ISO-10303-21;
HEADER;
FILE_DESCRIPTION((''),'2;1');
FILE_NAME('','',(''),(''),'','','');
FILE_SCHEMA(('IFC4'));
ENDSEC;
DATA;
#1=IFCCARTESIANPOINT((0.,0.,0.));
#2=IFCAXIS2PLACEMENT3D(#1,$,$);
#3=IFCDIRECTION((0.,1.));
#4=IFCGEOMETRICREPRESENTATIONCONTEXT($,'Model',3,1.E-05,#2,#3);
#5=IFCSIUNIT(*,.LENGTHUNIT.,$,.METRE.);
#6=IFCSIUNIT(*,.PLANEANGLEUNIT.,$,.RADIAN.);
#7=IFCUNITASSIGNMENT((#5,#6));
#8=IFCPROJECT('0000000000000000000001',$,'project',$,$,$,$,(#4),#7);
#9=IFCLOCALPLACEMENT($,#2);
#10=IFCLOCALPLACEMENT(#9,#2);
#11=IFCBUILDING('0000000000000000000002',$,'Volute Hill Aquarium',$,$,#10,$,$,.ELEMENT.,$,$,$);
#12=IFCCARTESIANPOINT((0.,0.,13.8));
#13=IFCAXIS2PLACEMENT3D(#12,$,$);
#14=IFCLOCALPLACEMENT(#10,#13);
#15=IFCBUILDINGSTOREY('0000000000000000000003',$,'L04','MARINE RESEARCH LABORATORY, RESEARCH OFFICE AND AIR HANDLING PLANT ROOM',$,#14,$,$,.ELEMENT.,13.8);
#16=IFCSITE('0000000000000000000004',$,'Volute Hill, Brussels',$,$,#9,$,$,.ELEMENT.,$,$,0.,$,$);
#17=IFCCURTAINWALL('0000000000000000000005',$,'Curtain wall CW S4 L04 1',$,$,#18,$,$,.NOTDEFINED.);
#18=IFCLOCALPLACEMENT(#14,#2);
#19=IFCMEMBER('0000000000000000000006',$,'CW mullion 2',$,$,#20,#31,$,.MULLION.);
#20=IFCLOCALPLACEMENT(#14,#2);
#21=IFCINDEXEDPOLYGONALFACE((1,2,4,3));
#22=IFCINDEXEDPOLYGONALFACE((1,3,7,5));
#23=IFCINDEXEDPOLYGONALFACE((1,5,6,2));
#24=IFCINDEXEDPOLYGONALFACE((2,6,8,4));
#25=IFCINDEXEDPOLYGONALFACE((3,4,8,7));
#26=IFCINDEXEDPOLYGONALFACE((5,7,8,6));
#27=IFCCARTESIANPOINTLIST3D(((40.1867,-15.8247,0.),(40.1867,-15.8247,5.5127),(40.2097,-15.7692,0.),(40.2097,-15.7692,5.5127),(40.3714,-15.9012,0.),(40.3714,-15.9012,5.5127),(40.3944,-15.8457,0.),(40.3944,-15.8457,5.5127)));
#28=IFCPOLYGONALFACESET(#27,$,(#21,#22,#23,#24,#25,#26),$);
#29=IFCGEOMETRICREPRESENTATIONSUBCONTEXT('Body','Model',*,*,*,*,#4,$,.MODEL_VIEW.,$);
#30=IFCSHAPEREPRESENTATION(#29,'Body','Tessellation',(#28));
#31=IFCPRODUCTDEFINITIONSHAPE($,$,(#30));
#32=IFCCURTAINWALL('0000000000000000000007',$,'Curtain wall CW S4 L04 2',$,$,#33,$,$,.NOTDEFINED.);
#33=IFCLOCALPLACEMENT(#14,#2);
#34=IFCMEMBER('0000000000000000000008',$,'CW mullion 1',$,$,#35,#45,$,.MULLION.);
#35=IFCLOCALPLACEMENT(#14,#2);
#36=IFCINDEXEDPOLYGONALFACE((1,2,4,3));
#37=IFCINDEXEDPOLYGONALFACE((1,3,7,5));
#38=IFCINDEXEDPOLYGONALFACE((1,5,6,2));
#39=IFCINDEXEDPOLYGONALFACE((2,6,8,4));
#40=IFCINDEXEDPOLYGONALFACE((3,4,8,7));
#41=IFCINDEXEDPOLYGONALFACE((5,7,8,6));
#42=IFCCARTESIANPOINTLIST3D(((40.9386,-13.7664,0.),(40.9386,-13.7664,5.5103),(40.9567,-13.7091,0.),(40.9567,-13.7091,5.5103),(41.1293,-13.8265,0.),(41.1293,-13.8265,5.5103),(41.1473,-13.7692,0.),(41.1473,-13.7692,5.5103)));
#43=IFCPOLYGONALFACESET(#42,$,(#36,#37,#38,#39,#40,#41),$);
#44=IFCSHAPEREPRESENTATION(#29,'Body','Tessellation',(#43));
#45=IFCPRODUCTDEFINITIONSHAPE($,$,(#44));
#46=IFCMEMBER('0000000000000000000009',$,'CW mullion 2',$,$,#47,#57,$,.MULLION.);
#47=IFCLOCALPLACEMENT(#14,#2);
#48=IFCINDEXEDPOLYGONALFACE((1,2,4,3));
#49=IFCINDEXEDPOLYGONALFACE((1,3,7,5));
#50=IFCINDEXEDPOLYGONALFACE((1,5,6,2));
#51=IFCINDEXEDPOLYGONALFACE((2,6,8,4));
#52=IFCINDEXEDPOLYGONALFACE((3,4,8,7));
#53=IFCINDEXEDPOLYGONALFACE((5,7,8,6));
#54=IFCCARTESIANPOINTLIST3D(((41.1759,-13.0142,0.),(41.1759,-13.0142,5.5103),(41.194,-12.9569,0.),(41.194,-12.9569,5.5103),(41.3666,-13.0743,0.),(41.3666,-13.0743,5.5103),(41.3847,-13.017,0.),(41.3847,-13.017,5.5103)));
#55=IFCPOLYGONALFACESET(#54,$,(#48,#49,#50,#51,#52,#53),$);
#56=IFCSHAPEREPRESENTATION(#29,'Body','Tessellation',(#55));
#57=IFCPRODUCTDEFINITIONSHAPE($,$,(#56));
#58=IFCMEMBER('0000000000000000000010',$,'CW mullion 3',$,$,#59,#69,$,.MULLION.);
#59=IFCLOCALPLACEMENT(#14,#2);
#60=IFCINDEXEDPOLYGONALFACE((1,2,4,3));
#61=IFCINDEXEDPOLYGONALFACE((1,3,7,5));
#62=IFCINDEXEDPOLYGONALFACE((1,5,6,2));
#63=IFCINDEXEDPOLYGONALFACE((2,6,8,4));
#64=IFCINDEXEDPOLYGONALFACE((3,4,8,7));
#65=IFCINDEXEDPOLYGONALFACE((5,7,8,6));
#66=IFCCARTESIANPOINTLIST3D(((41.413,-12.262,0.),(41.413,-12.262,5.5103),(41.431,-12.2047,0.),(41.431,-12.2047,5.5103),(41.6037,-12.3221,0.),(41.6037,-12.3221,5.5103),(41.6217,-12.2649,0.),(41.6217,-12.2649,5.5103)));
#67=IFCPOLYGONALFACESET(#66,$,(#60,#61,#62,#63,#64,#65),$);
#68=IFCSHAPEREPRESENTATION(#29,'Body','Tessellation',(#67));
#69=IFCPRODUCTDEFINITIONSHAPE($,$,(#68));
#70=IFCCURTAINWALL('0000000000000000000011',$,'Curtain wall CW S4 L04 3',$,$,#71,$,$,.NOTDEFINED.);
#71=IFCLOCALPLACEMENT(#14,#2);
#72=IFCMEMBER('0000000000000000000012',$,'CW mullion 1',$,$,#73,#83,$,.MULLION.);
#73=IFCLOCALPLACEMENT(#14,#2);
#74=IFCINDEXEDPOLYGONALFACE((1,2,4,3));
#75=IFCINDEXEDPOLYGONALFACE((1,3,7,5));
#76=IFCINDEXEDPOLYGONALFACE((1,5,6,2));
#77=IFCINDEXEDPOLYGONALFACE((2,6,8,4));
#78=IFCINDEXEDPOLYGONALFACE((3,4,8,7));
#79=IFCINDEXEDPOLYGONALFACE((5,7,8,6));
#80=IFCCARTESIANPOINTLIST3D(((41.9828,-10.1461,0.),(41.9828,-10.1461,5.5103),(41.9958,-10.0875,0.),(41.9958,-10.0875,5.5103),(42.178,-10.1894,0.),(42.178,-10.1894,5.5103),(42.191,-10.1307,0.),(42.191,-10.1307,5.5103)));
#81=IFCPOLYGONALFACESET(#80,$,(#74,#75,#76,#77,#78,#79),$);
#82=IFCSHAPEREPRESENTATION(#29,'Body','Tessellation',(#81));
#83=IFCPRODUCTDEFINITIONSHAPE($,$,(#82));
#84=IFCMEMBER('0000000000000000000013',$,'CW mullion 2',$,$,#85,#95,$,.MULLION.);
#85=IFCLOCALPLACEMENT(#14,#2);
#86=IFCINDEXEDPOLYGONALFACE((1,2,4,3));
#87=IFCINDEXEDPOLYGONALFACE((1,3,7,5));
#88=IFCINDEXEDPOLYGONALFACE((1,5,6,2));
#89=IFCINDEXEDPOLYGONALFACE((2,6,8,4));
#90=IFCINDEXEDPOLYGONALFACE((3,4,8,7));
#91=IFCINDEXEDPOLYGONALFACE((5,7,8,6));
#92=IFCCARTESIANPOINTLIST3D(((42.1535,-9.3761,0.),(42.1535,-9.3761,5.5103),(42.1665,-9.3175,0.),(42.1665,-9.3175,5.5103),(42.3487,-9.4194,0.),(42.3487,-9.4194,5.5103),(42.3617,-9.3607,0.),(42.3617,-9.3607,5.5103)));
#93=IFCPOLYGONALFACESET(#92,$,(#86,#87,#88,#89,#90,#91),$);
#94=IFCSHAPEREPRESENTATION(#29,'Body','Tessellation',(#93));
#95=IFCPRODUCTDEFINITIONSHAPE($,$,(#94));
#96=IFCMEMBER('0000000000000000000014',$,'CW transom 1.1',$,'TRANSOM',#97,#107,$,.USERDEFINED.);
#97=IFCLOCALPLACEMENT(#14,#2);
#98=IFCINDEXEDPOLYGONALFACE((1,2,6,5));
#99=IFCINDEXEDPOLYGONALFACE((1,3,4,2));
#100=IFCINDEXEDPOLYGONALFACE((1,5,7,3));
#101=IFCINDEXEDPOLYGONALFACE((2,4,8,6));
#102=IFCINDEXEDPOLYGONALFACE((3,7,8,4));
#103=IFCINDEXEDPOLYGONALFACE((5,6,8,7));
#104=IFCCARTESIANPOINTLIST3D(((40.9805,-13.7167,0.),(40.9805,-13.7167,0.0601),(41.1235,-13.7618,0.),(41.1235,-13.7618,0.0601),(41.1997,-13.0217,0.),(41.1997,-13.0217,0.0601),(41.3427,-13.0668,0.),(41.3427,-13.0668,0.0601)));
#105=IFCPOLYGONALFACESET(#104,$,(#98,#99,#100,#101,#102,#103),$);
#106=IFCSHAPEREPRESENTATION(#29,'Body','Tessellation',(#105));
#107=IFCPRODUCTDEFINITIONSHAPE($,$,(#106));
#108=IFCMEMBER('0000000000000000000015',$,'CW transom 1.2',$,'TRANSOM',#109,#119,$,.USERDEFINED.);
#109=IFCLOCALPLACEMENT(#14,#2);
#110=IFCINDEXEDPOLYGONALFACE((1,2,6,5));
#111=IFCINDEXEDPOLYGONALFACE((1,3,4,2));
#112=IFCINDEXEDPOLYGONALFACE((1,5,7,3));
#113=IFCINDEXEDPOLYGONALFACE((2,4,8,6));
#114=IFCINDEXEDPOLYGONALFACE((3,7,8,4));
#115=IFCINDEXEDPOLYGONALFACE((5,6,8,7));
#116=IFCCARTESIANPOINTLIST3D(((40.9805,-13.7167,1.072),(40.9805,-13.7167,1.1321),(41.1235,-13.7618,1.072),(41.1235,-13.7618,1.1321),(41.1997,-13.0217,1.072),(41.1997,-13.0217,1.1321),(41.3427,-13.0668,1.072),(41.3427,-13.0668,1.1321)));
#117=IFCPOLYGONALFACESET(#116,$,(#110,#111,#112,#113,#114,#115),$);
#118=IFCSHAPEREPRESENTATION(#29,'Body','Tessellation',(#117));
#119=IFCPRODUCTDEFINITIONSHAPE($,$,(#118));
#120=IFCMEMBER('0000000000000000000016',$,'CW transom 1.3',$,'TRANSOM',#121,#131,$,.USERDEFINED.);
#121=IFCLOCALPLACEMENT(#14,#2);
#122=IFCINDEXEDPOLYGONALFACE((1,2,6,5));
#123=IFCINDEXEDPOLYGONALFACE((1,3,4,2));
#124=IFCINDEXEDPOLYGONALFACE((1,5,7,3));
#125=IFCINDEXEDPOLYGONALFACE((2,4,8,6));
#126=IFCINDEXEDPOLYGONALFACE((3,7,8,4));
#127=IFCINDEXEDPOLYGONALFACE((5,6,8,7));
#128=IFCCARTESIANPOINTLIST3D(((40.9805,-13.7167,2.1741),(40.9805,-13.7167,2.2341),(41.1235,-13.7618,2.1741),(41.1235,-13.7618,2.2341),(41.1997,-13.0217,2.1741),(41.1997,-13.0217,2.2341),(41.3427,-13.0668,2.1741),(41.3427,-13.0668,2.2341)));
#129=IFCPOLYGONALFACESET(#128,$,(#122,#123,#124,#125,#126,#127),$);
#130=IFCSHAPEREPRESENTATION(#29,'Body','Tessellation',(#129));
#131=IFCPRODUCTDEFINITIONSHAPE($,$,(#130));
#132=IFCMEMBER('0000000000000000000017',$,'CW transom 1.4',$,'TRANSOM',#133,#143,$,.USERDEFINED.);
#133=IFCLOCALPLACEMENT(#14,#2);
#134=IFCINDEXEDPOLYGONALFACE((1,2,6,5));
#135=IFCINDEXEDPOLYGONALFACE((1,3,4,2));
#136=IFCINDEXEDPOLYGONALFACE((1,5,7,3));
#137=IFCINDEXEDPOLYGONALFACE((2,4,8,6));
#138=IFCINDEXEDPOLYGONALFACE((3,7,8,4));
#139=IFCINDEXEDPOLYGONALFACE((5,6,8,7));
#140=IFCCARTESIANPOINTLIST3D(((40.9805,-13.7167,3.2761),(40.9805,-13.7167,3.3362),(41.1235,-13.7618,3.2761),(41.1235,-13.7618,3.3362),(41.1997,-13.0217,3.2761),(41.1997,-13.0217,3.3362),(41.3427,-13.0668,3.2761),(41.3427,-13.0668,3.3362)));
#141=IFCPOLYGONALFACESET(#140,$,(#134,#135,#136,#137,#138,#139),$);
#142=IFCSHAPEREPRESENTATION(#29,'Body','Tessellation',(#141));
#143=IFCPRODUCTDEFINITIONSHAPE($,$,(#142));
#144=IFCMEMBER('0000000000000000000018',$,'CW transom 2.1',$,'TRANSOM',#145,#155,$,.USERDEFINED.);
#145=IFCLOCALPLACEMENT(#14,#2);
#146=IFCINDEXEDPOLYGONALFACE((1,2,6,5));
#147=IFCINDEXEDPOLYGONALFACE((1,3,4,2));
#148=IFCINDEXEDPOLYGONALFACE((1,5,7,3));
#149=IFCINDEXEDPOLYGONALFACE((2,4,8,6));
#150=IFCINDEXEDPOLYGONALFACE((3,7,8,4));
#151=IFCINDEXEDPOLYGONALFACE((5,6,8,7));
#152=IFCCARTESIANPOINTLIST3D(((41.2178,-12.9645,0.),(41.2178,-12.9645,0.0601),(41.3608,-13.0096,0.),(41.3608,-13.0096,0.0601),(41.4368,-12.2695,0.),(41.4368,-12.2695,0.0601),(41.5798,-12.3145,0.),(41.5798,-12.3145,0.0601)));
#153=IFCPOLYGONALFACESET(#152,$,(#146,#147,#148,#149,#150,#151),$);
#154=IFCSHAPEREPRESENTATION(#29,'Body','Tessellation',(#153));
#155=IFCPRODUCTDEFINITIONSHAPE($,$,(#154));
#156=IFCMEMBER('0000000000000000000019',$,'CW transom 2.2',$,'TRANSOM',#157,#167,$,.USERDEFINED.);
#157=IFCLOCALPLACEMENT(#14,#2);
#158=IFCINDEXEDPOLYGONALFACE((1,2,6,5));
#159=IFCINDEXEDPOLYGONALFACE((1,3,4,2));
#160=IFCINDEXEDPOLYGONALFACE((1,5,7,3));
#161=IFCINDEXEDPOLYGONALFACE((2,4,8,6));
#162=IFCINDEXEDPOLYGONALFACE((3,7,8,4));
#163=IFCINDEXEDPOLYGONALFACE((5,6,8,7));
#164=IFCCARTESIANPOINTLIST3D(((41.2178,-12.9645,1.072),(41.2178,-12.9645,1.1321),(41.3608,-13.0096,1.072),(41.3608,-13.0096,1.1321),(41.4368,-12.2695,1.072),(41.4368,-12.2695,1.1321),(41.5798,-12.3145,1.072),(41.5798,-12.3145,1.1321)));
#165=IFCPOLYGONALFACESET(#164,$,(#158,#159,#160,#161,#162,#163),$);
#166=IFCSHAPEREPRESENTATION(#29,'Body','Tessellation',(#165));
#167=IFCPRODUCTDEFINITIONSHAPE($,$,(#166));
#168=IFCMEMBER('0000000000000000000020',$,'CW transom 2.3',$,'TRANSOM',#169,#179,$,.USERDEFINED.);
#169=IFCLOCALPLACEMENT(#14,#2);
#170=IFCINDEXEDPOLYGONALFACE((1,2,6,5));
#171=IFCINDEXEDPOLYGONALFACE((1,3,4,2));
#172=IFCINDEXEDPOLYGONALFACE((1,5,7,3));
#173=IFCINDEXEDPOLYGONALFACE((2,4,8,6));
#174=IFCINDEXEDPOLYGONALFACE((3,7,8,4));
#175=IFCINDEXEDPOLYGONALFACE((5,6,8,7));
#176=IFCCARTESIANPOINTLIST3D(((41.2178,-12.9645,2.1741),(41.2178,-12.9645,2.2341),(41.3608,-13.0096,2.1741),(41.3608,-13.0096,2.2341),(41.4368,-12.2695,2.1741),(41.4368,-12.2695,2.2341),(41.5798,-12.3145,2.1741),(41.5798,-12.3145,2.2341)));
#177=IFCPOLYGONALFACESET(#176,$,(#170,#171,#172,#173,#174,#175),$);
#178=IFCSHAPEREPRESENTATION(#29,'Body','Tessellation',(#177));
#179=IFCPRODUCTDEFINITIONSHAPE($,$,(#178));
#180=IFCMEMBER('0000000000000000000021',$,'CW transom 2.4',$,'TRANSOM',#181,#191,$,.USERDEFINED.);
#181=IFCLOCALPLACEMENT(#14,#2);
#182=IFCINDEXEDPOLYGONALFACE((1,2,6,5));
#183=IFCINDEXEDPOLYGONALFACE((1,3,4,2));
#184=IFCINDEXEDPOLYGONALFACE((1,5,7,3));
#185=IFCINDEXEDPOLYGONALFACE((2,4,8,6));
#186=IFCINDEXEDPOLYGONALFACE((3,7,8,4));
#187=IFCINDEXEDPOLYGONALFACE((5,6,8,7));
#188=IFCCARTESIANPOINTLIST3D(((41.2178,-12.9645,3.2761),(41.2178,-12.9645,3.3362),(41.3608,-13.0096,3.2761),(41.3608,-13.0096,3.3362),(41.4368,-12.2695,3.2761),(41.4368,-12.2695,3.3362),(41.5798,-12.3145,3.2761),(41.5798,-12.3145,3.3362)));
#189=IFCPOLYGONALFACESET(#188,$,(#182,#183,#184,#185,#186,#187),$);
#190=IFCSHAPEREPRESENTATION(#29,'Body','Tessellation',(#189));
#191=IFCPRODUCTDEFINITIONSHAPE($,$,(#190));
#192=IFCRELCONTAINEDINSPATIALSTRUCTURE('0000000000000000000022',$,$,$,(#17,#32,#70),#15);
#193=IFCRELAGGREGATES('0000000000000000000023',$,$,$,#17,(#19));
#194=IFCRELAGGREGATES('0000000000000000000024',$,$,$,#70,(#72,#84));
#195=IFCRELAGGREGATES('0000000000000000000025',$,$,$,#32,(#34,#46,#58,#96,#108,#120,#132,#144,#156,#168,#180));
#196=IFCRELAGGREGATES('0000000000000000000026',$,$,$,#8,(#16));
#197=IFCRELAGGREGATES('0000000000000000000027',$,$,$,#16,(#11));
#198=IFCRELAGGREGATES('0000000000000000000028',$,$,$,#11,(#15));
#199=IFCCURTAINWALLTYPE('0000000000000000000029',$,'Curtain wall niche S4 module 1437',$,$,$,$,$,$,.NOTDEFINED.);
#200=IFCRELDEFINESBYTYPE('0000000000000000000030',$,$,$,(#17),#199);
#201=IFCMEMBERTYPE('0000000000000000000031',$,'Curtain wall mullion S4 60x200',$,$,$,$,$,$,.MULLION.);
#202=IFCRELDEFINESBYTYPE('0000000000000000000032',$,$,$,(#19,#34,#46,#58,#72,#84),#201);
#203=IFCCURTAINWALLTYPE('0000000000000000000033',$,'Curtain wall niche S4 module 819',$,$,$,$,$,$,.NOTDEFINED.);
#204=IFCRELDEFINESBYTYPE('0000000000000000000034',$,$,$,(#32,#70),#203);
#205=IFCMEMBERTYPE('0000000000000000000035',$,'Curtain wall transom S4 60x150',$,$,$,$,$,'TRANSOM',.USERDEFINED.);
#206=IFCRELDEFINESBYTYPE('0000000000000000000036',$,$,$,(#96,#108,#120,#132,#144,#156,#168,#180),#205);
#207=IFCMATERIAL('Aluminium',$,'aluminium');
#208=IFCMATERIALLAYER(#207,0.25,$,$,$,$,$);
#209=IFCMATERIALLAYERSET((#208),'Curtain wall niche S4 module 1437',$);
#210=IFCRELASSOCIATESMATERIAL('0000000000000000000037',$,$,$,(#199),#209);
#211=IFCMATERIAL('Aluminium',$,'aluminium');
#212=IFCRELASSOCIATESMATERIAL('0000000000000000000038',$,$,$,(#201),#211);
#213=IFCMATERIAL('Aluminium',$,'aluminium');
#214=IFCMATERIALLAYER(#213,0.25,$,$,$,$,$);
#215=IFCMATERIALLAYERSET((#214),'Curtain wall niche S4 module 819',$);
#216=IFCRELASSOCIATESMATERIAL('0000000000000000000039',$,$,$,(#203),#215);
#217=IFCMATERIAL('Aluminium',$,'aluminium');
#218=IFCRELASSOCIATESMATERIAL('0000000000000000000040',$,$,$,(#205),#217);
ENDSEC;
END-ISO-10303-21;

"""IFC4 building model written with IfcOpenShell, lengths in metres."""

from ifc_helpers import new_model, si_unit, direction, frame, origin, origin_2d, place, context, subcontext, project, spatial, rectangle, extrude, material, layer, layer_set, material_profile, profile_set, type_object, element, aggregate, save


model = new_model("IFC4")

# Units and contexts
model_context = context("Model", 3, precision=1e-05, world=origin(), true_north=direction((0.0, 1.0)))
body_context = subcontext(model_context, "Body", "Model", "MODEL_VIEW")
ifc_project = project(units=[si_unit("LENGTHUNIT", "METRE"), si_unit("PLANEANGLEUNIT", "RADIAN")], contexts=[model_context])

# Site, building, storey
site_placement = place(None, origin())
site = spatial("IfcSite", under=ifc_project, at=site_placement, Name="Volute Hill, Brussels", CompositionType="ELEMENT", RefElevation=0.0)
building_placement = place(site_placement, origin())
building = spatial("IfcBuilding", under=site, at=building_placement, Name="Volute Hill Aquarium", CompositionType="ELEMENT")
storey_placement = place(building_placement, frame((0.0, 0.0, 13.8)))
storey = spatial("IfcBuildingStorey", under=building, at=storey_placement, Name="L04", Description="MARINE RESEARCH LABORATORY, RESEARCH OFFICE AND AIR HANDLING PLANT ROOM", CompositionType="ELEMENT", Elevation=13.8)

# Curtain wall, member
ifc_material_1 = material(Name="Aluminium", Category="aluminium")
ifc_layer_1 = layer(ifc_material_1, 0.25)
ifc_layer_set_1 = layer_set([ifc_layer_1], Name="Curtain wall niche S4 module 1437")
curtain_wall_type_1 = type_object("IfcCurtainWallType", Name="Curtain wall niche S4 module 1437", PredefinedType="NOTDEFINED", material=ifc_layer_set_1)
curtain_wall_1_placement = place(storey_placement, origin())
curtain_wall_1 = element("IfcCurtainWall", 1, at=curtain_wall_1_placement, inside=storey, type_object=curtain_wall_type_1, Name="Curtain wall CW S4 L04 1", PredefinedType="NOTDEFINED")
ifc_material_2 = material(Name="Aluminium", Category="aluminium")
ifc_material_profile_1 = material_profile(ifc_material_2, rectangle(XDim=0.2, YDim=0.0601, at=origin_2d()), Name="Curtain wall mullion S4 60x200")
ifc_profile_set_1 = profile_set([ifc_material_profile_1], Name="Aluminium")
member_type_1 = type_object("IfcMemberType", Name="Curtain wall mullion S4 60x200", PredefinedType="MULLION", material=ifc_profile_set_1)
member_1_placement = place(storey_placement, frame((40.2905, -15.8352, 0.0), z_axis=(0.0, 0.0, 1.0), x_axis=(-0.923874, 0.382697, 0.0)))
member_1 = element("IfcMember", 2, at=member_1_placement, type_object=member_type_1, Name="CW mullion 2", PredefinedType="MULLION", context=body_context, shape_type="SweptSolid", body=[
    extrude(rectangle(XDim=0.2, YDim=0.0601, at=origin_2d()), origin(), (0.0, 0.0, 1.0), 5.5127),
])
aggregate(curtain_wall_1, [member_1])

# Curtain walls, members
ifc_material_3 = material(Name="Aluminium", Category="aluminium")
ifc_layer_2 = layer(ifc_material_3, 0.25)
ifc_layer_set_2 = layer_set([ifc_layer_2], Name="Curtain wall niche S4 module 819")
curtain_wall_type_2 = type_object("IfcCurtainWallType", Name="Curtain wall niche S4 module 819", PredefinedType="NOTDEFINED", material=ifc_layer_set_2)
curtain_wall_2_placement = place(storey_placement, origin())
curtain_wall_2 = element("IfcCurtainWall", 3, at=curtain_wall_2_placement, inside=storey, type_object=curtain_wall_type_2, Name="Curtain wall CW S4 L04 2", PredefinedType="NOTDEFINED")
member_2_placement = place(storey_placement, frame((41.043, -13.7678, 0.0), z_axis=(0.0, 0.0, 1.0), x_axis=(-0.953716, 0.30071, 0.0)))
member_2 = element("IfcMember", 4, at=member_2_placement, type_object=member_type_1, Name="CW mullion 1", PredefinedType="MULLION", context=body_context, shape_type="SweptSolid", body=[
    extrude(rectangle(XDim=0.2, YDim=0.0601, at=origin_2d()), origin(), (0.0, 0.0, 1.0), 5.5103),
])
member_3_placement = place(storey_placement, frame((41.2803, -13.0156, 0.0), z_axis=(0.0, 0.0, 1.0), x_axis=(-0.953716, 0.30071, 0.0)))
member_3 = element("IfcMember", 5, at=member_3_placement, type_object=member_type_1, Name="CW mullion 2", PredefinedType="MULLION", context=body_context, shape_type="SweptSolid", body=[
    extrude(rectangle(XDim=0.2, YDim=0.0601, at=origin_2d()), origin(), (0.0, 0.0, 1.0), 5.5103),
])
member_4_placement = place(storey_placement, frame((41.5173, -12.2634, 0.0), z_axis=(0.0, 0.0, 1.0), x_axis=(-0.953716, 0.30071, 0.0)))
member_4 = element("IfcMember", 6, at=member_4_placement, type_object=member_type_1, Name="CW mullion 3", PredefinedType="MULLION", context=body_context, shape_type="SweptSolid", body=[
    extrude(rectangle(XDim=0.2, YDim=0.0601, at=origin_2d()), origin(), (0.0, 0.0, 1.0), 5.5103),
])
curtain_wall_3_placement = place(storey_placement, origin())
curtain_wall_3 = element("IfcCurtainWall", 7, at=curtain_wall_3_placement, inside=storey, type_object=curtain_wall_type_2, Name="Curtain wall CW S4 L04 3", PredefinedType="NOTDEFINED")
member_5_placement = place(storey_placement, frame((42.0869, -10.1384, 0.0), z_axis=(0.0, 0.0, 1.0), x_axis=(-0.976298, 0.216432, 0.0)))
member_5 = element("IfcMember", 8, at=member_5_placement, type_object=member_type_1, Name="CW mullion 1", PredefinedType="MULLION", context=body_context, shape_type="SweptSolid", body=[
    extrude(rectangle(XDim=0.2, YDim=0.0601, at=origin_2d()), origin(), (0.0, 0.0, 1.0), 5.5103),
])
member_6_placement = place(storey_placement, frame((42.2576, -9.3684, 0.0), z_axis=(0.0, 0.0, 1.0), x_axis=(-0.976298, 0.216432, 0.0)))
member_6 = element("IfcMember", 9, at=member_6_placement, type_object=member_type_1, Name="CW mullion 2", PredefinedType="MULLION", context=body_context, shape_type="SweptSolid", body=[
    extrude(rectangle(XDim=0.2, YDim=0.0601, at=origin_2d()), origin(), (0.0, 0.0, 1.0), 5.5103),
])

# Members
ifc_material_4 = material(Name="Aluminium", Category="aluminium")
ifc_material_profile_2 = material_profile(ifc_material_4, rectangle(XDim=0.1499, YDim=0.0601, at=origin_2d()), Name="Curtain wall transom S4 60x150")
ifc_profile_set_2 = profile_set([ifc_material_profile_2], Name="Aluminium")
member_type_2 = type_object("IfcMemberType", Name="Curtain wall transom S4 60x150", ElementType="TRANSOM", PredefinedType="USERDEFINED", material=ifc_profile_set_2)
member_7_placement = place(storey_placement, frame((41.052, -13.7393, 0.03), z_axis=(0.300811, 0.953684, 0.0), x_axis=(-0.953684, 0.300811, 0.0)))
member_7 = element("IfcMember", 10, at=member_7_placement, type_object=member_type_2, Name="CW transom 1.1", ObjectType="TRANSOM", PredefinedType="USERDEFINED", context=body_context, shape_type="SweptSolid", body=[
    extrude(rectangle(XDim=0.1499, YDim=0.0601, at=origin_2d()), origin(), (0.0, 0.0, 1.0), 0.7288),
])
member_8_placement = place(storey_placement, frame((41.052, -13.7393, 1.1021), z_axis=(0.300811, 0.953684, 0.0), x_axis=(-0.953684, 0.300811, 0.0)))
member_8 = element("IfcMember", 11, at=member_8_placement, type_object=member_type_2, Name="CW transom 1.2", ObjectType="TRANSOM", PredefinedType="USERDEFINED", context=body_context, shape_type="SweptSolid", body=[
    extrude(rectangle(XDim=0.1499, YDim=0.0601, at=origin_2d()), origin(), (0.0, 0.0, 1.0), 0.7288),
])
member_9_placement = place(storey_placement, frame((41.052, -13.7393, 2.2041), z_axis=(0.300811, 0.953684, 0.0), x_axis=(-0.953684, 0.300811, 0.0)))
member_9 = element("IfcMember", 12, at=member_9_placement, type_object=member_type_2, Name="CW transom 1.3", ObjectType="TRANSOM", PredefinedType="USERDEFINED", context=body_context, shape_type="SweptSolid", body=[
    extrude(rectangle(XDim=0.1499, YDim=0.0601, at=origin_2d()), origin(), (0.0, 0.0, 1.0), 0.7288),
])
member_10_placement = place(storey_placement, frame((41.052, -13.7393, 3.3062), z_axis=(0.300811, 0.953684, 0.0), x_axis=(-0.953684, 0.300811, 0.0)))
member_10 = element("IfcMember", 13, at=member_10_placement, type_object=member_type_2, Name="CW transom 1.4", ObjectType="TRANSOM", PredefinedType="USERDEFINED", context=body_context, shape_type="SweptSolid", body=[
    extrude(rectangle(XDim=0.1499, YDim=0.0601, at=origin_2d()), origin(), (0.0, 0.0, 1.0), 0.7288),
])
member_11_placement = place(storey_placement, frame((41.2893, -12.9871, 0.03), z_axis=(0.300506, 0.95378, 0.0), x_axis=(-0.95378, 0.300506, 0.0)))
member_11 = element("IfcMember", 14, at=member_11_placement, type_object=member_type_2, Name="CW transom 2.1", ObjectType="TRANSOM", PredefinedType="USERDEFINED", context=body_context, shape_type="SweptSolid", body=[
    extrude(rectangle(XDim=0.1499, YDim=0.0601, at=origin_2d()), origin(), (0.0, 0.0, 1.0), 0.7288),
])
member_12_placement = place(storey_placement, frame((41.2893, -12.9871, 1.1021), z_axis=(0.300506, 0.95378, 0.0), x_axis=(-0.95378, 0.300506, 0.0)))
member_12 = element("IfcMember", 15, at=member_12_placement, type_object=member_type_2, Name="CW transom 2.2", ObjectType="TRANSOM", PredefinedType="USERDEFINED", context=body_context, shape_type="SweptSolid", body=[
    extrude(rectangle(XDim=0.1499, YDim=0.0601, at=origin_2d()), origin(), (0.0, 0.0, 1.0), 0.7288),
])
member_13_placement = place(storey_placement, frame((41.2893, -12.9871, 2.2041), z_axis=(0.300506, 0.95378, 0.0), x_axis=(-0.95378, 0.300506, 0.0)))
member_13 = element("IfcMember", 16, at=member_13_placement, type_object=member_type_2, Name="CW transom 2.3", ObjectType="TRANSOM", PredefinedType="USERDEFINED", context=body_context, shape_type="SweptSolid", body=[
    extrude(rectangle(XDim=0.1499, YDim=0.0601, at=origin_2d()), origin(), (0.0, 0.0, 1.0), 0.7288),
])
member_14_placement = place(storey_placement, frame((41.2893, -12.9871, 3.3062), z_axis=(0.300506, 0.95378, 0.0), x_axis=(-0.95378, 0.300506, 0.0)))
member_14 = element("IfcMember", 17, at=member_14_placement, type_object=member_type_2, Name="CW transom 2.4", ObjectType="TRANSOM", PredefinedType="USERDEFINED", context=body_context, shape_type="SweptSolid", body=[
    extrude(rectangle(XDim=0.1499, YDim=0.0601, at=origin_2d()), origin(), (0.0, 0.0, 1.0), 0.7288),
])

aggregate(curtain_wall_3, [member_5, member_6])
aggregate(curtain_wall_2, [member_2, member_3, member_4, member_7, member_8, member_9, member_10, member_11, member_12, member_13, member_14])

save(model, "model.ifc")
